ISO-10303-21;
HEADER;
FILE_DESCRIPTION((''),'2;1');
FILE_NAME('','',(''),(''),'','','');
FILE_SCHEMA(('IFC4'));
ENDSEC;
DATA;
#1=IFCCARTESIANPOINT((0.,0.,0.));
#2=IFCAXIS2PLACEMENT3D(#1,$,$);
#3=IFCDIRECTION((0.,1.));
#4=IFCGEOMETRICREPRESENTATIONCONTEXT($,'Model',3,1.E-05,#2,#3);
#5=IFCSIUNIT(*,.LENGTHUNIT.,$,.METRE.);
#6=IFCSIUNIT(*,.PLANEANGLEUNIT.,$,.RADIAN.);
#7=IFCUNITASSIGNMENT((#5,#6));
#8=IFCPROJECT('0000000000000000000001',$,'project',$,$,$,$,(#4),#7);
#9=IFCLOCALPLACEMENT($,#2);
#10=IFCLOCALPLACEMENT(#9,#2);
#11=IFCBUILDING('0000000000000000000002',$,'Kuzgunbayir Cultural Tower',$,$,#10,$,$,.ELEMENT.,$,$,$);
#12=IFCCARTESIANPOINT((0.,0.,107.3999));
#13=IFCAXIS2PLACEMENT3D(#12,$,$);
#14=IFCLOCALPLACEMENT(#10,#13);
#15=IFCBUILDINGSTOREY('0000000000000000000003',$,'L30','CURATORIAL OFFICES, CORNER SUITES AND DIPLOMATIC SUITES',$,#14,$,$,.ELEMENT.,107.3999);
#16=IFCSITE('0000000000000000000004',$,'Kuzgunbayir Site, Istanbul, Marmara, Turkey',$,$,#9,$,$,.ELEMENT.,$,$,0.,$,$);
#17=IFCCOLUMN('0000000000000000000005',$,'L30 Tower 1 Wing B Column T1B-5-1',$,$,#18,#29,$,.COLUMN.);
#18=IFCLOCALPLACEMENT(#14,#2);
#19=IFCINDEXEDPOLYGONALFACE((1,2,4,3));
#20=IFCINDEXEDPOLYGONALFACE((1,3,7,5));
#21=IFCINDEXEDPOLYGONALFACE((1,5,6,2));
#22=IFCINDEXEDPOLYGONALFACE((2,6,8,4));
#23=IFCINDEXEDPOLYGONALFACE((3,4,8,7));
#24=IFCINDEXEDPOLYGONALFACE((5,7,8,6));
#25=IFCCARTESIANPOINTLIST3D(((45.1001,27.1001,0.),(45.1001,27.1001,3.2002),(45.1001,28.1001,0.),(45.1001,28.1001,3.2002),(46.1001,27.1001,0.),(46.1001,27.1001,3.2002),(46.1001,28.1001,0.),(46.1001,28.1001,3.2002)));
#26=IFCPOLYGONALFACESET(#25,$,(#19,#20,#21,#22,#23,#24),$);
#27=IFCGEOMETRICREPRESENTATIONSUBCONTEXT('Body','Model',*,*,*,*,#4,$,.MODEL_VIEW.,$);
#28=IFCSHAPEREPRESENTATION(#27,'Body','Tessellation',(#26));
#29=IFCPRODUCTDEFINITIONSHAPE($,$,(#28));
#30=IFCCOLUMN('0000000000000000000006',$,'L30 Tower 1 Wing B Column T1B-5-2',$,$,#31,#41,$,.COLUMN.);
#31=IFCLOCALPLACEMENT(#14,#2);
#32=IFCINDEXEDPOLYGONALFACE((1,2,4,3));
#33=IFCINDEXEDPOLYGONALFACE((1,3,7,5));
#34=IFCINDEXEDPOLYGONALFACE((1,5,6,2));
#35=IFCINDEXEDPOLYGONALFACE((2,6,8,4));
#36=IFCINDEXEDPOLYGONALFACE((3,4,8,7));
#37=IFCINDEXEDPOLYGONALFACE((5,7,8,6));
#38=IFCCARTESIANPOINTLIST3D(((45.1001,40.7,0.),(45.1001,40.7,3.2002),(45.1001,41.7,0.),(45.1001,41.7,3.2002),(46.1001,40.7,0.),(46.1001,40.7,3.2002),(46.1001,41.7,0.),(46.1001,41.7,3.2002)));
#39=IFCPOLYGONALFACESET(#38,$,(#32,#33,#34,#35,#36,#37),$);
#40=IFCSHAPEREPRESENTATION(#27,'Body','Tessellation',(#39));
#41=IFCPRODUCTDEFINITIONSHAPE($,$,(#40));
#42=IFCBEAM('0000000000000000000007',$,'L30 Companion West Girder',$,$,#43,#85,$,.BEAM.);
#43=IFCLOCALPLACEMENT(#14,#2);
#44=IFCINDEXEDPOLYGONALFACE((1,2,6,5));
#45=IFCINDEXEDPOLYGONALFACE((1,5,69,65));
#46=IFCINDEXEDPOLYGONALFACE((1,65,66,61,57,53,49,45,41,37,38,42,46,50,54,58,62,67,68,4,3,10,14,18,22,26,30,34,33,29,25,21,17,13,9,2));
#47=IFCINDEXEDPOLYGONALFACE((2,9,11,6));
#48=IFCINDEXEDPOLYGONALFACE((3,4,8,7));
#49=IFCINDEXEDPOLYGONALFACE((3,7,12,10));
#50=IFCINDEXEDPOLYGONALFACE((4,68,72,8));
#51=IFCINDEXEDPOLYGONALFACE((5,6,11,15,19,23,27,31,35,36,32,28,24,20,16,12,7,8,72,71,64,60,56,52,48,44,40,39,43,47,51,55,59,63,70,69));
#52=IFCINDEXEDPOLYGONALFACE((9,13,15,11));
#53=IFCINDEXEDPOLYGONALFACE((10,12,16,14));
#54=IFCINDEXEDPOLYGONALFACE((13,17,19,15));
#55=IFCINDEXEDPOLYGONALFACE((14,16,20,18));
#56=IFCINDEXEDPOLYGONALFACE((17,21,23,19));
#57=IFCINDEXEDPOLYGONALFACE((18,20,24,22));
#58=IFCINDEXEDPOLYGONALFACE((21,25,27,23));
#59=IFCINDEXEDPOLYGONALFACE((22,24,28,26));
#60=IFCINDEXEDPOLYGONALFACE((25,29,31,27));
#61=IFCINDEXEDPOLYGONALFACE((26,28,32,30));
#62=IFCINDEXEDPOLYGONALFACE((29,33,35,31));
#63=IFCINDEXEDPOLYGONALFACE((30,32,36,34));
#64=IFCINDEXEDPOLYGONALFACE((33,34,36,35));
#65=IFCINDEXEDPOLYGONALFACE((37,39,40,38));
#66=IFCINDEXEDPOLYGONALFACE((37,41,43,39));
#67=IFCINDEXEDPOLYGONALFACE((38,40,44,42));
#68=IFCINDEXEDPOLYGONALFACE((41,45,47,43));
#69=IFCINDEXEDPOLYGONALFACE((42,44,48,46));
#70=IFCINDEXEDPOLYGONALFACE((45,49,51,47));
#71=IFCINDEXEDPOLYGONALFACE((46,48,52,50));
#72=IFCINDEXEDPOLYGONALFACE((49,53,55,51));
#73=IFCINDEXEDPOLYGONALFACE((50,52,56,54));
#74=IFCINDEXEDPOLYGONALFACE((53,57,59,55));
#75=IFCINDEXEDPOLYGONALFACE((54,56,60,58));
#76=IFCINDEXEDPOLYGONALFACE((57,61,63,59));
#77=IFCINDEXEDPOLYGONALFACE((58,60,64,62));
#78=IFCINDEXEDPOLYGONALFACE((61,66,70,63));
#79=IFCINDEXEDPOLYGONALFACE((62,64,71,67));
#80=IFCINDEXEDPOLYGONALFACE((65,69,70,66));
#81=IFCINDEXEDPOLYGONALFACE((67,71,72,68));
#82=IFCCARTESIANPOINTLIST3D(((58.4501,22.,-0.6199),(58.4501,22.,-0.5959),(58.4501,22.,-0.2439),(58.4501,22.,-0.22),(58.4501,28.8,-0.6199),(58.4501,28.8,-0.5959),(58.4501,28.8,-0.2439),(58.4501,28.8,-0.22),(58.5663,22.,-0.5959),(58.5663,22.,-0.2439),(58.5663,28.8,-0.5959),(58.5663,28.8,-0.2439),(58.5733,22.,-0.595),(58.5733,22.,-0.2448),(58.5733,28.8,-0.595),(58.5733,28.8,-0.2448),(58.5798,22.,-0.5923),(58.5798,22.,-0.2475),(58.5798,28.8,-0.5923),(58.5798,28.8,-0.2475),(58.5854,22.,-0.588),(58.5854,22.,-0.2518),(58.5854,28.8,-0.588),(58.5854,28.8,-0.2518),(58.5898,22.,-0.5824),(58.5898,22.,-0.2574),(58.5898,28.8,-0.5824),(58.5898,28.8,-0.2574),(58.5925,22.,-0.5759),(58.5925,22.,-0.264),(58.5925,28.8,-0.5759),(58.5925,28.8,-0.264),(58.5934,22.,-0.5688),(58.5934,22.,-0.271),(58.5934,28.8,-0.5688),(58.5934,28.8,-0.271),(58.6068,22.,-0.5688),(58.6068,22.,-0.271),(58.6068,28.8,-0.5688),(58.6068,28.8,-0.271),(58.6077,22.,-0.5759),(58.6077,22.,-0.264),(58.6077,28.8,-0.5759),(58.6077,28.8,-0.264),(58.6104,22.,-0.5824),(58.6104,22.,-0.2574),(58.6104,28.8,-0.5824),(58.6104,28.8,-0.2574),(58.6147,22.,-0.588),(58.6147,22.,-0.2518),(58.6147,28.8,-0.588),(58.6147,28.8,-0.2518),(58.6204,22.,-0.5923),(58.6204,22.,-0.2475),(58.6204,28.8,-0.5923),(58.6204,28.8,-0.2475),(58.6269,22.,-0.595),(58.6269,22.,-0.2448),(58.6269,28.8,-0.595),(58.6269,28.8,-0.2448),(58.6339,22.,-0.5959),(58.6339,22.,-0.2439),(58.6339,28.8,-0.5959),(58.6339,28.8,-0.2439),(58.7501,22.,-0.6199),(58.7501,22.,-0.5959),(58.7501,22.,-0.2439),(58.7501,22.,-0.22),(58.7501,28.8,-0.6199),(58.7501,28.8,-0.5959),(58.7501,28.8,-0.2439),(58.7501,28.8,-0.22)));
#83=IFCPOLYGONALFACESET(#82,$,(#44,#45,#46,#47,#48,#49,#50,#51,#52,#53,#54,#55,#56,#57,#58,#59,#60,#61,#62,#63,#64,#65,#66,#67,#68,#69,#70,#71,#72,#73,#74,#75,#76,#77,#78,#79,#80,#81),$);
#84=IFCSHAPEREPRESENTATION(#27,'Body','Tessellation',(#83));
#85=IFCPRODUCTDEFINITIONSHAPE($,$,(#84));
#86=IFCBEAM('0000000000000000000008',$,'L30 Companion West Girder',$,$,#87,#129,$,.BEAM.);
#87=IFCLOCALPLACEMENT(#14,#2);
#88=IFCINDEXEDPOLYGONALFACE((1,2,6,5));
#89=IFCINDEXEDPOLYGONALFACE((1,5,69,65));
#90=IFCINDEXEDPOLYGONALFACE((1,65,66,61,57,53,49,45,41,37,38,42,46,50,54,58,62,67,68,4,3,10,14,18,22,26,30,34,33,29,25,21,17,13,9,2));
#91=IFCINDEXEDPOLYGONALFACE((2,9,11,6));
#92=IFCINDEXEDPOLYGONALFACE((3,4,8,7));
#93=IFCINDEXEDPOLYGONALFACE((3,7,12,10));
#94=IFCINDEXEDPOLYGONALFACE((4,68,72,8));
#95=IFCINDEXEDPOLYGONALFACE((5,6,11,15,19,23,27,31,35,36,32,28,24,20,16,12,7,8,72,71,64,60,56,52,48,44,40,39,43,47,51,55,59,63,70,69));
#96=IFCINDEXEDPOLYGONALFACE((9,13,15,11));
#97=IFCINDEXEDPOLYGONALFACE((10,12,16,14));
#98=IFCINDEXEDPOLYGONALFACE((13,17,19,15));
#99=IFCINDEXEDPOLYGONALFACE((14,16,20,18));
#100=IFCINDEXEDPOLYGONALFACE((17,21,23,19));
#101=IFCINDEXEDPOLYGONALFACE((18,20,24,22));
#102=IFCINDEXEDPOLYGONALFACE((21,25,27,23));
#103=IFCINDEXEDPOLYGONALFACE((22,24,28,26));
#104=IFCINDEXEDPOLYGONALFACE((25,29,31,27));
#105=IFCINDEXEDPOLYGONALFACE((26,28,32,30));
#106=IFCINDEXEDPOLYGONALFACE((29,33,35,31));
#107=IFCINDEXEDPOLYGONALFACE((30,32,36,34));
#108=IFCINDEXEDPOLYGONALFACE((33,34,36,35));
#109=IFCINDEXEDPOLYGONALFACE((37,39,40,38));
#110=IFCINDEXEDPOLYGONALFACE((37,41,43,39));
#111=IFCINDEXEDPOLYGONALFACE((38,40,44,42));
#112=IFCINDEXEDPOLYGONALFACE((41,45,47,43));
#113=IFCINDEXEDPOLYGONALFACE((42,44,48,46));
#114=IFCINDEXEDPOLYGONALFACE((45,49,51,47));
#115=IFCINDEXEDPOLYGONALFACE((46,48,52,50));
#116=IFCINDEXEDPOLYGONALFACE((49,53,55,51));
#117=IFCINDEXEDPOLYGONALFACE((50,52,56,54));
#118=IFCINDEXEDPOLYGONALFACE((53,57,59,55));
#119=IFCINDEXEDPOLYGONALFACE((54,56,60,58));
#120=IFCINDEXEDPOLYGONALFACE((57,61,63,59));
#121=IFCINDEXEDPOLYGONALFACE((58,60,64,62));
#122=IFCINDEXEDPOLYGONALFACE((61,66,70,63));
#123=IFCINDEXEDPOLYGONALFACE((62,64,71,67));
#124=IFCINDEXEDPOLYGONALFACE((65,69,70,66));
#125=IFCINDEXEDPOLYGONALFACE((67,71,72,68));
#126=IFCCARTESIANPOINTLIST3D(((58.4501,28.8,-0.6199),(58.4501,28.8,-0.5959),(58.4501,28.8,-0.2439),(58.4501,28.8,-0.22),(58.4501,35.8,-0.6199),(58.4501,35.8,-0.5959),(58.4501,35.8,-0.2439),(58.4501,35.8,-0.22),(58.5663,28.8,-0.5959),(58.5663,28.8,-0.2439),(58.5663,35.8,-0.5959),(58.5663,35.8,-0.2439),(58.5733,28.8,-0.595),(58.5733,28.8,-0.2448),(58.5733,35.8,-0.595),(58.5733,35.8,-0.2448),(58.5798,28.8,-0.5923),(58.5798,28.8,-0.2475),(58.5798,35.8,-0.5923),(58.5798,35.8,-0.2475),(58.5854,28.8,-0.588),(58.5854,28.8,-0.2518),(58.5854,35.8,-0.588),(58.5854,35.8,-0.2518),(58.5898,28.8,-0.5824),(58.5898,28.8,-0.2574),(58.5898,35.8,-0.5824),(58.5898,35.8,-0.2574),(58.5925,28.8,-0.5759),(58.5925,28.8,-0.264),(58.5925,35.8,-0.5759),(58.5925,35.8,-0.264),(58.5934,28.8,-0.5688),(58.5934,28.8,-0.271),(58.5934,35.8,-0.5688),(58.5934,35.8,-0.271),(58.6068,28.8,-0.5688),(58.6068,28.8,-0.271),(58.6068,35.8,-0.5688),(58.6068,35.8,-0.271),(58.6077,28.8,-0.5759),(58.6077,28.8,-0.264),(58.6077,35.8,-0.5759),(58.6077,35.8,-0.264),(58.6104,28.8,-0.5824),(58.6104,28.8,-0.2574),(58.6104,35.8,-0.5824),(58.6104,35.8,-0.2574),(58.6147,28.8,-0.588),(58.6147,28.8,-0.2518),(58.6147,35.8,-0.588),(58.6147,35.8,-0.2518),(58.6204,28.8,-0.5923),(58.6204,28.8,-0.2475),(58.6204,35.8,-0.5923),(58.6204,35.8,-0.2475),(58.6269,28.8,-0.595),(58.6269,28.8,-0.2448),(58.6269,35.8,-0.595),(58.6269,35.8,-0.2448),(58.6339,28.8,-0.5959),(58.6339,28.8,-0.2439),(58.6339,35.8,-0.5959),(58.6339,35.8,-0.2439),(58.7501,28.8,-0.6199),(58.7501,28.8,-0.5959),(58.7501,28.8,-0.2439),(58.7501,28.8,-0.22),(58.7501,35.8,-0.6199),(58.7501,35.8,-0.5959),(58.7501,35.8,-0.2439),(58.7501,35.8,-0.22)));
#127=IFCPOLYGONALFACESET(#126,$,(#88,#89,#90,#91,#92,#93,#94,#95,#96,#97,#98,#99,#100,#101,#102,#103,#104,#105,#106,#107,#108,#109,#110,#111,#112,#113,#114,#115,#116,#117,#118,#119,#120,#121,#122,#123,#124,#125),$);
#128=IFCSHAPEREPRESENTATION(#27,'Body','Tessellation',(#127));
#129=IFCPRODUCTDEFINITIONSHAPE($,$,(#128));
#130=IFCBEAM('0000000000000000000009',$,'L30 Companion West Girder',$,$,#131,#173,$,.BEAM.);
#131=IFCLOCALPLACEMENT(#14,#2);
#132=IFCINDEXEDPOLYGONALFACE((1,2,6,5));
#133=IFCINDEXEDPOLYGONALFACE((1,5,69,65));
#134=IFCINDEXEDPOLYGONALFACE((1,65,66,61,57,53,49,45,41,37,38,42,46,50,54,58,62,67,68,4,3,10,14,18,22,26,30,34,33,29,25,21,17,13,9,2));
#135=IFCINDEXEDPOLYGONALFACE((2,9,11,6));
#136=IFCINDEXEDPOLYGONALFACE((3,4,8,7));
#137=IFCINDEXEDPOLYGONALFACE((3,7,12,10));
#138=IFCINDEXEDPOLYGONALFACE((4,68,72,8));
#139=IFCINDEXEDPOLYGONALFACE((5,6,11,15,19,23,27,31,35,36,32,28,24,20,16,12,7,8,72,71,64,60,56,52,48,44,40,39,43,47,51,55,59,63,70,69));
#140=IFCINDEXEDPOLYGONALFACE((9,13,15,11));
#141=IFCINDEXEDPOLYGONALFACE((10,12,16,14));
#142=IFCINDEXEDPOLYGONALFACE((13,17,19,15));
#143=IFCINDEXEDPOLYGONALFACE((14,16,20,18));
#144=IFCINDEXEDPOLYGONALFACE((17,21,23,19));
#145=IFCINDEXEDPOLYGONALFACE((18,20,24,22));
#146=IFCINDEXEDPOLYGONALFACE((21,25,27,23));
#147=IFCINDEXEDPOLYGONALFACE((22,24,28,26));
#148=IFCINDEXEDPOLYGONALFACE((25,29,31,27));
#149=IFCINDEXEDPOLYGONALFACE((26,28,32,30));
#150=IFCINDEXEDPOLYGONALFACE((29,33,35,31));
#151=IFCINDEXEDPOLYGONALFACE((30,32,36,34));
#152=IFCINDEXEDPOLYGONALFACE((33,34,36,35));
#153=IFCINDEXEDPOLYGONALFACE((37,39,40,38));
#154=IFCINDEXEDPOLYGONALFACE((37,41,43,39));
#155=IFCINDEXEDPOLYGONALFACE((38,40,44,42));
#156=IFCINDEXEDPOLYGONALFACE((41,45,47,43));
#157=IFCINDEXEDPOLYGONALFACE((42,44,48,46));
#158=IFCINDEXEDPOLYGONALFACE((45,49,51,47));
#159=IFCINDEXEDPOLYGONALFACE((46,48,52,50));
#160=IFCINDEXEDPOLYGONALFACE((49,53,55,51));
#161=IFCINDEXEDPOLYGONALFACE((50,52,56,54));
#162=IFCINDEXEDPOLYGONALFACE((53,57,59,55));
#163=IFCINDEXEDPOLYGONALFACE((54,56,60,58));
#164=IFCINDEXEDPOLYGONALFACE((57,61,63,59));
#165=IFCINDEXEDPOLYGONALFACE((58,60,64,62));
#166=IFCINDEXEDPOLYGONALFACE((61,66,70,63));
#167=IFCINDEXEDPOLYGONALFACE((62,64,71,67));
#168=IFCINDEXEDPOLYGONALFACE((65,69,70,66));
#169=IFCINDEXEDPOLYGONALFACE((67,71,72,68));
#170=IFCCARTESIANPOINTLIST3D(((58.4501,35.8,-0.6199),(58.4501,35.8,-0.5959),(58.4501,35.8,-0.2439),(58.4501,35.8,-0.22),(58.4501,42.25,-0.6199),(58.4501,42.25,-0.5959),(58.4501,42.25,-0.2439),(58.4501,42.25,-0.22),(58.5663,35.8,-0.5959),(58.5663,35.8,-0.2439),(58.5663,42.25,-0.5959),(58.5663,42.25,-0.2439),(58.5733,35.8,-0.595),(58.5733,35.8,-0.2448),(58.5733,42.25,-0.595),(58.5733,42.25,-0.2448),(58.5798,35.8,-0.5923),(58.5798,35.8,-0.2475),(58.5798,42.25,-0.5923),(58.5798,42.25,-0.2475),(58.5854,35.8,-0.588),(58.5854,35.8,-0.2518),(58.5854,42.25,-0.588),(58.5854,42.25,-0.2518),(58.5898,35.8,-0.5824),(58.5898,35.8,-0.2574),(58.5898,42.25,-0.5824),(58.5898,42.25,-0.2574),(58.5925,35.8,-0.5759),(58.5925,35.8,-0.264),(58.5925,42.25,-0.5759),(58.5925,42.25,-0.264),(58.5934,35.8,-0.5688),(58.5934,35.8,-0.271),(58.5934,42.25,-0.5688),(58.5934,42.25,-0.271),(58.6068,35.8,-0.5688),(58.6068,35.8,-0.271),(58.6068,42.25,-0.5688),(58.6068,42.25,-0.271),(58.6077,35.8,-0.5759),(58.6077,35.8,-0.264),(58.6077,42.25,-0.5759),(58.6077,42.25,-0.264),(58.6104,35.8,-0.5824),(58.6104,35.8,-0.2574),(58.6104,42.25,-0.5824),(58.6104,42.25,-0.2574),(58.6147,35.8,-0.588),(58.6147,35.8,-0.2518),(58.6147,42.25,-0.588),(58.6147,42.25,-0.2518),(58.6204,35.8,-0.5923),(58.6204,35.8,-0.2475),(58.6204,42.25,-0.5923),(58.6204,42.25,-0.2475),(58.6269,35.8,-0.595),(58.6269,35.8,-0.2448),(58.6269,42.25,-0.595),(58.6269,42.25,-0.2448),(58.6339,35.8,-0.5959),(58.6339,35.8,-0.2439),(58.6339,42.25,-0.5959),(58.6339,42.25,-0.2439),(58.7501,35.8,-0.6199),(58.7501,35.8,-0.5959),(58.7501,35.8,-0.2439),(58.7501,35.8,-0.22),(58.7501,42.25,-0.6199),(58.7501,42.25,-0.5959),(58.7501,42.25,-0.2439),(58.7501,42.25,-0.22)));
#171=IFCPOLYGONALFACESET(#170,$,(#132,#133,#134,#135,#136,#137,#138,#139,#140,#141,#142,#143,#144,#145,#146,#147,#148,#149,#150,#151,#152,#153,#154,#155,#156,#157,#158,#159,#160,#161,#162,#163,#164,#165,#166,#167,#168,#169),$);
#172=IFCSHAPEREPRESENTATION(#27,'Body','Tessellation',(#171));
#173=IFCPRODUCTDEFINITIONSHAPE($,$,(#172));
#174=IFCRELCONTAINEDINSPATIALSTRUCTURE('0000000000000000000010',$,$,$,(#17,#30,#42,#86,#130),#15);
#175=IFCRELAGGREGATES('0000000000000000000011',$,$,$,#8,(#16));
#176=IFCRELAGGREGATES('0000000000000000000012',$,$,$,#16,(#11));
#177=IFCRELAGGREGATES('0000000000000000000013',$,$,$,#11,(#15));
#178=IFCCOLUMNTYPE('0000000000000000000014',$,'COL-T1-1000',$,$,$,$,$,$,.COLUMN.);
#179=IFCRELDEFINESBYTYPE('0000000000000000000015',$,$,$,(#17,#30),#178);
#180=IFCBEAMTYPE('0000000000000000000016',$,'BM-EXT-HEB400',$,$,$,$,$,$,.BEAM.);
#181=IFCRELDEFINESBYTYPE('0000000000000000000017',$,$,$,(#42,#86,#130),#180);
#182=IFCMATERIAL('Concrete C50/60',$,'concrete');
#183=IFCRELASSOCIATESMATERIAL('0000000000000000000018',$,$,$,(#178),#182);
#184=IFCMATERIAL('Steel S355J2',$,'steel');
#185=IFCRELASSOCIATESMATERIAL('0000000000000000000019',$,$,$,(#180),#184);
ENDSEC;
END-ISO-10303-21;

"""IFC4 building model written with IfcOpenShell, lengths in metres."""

from ifc_helpers import new_model, si_unit, direction, frame, origin, origin_2d, place, context, subcontext, project, spatial, rectangle, i_section, extrude, material, material_profile, profile_set, type_object, element, save


model = new_model("IFC4")

# Units and contexts
model_context = context("Model", 3, precision=1e-05, world=origin(), true_north=direction((0.0, 1.0)))
body_context = subcontext(model_context, "Body", "Model", "MODEL_VIEW")
ifc_project = project(units=[si_unit("LENGTHUNIT", "METRE"), si_unit("PLANEANGLEUNIT", "RADIAN")], contexts=[model_context])

# Site, building, storey
site_placement = place(None, origin())
site = spatial("IfcSite", under=ifc_project, at=site_placement, Name="Kuzgunbayir Site, Istanbul, Marmara, Turkey", CompositionType="ELEMENT", RefElevation=0.0)
building_placement = place(site_placement, origin())
building = spatial("IfcBuilding", under=site, at=building_placement, Name="Kuzgunbayir Cultural Tower", CompositionType="ELEMENT")
storey_placement = place(building_placement, frame((0.0, 0.0, 107.3999)))
storey = spatial("IfcBuildingStorey", under=building, at=storey_placement, Name="L30", Description="CURATORIAL OFFICES, CORNER SUITES AND DIPLOMATIC SUITES", CompositionType="ELEMENT", Elevation=107.3999)

# Columns
ifc_material_1 = material(Name="Concrete C50/60", Category="concrete")
ifc_material_profile_1 = material_profile(ifc_material_1, rectangle(XDim=1.0, YDim=1.0, at=origin_2d()), Name="RC 1000x1000")
ifc_profile_set_1 = profile_set([ifc_material_profile_1], Name="Concrete C50/60")
column_type = type_object("IfcColumnType", Name="COL-T1-1000", PredefinedType="COLUMN", material=ifc_profile_set_1)
for number, where, z_axis, x_axis, name in (
    (1, (45.6001, 27.6001, 0.0), (0.0, 0.0, 1.0), (1.0, 0.0, 0.0), "L30 Tower 1 Wing B Column T1B-5-1"),
    (2, (45.6001, 41.2, 0.0), (0.0, 0.0, 1.0), (1.0, 0.0, 0.0), "L30 Tower 1 Wing B Column T1B-5-2"),
):
    element("IfcColumn", number, at=place(storey_placement, frame(where, z_axis=z_axis, x_axis=x_axis)), inside=storey, type_object=column_type, Name=name, PredefinedType="COLUMN", context=body_context, shape_type="SweptSolid", body=[
        extrude(rectangle(XDim=1.0, YDim=1.0, at=origin_2d()), origin(), (0.0, 0.0, 1.0), 3.2002),
    ])

# Beams
ifc_material_2 = material(Name="Steel S355J2", Category="steel")
ifc_material_profile_2 = material_profile(ifc_material_2, i_section(OverallWidth=0.3, OverallDepth=0.3999, WebThickness=0.0134, FlangeThickness=0.0239, FilletRadius=0.0271, at=origin_2d()), Name="HEB 400")
ifc_profile_set_2 = profile_set([ifc_material_profile_2], Name="Steel S355J2")
beam_type_1 = type_object("IfcBeamType", Name="BM-EXT-HEB400", PredefinedType="BEAM", material=ifc_profile_set_2)
beam_1_placement = place(storey_placement, frame((58.6001, 22.0, -0.4199), z_axis=(0.0, 1.0, 0.0), x_axis=(-1.0, 0.0, 0.0)))
element("IfcBeam", 3, at=beam_1_placement, inside=storey, type_object=beam_type_1, Name="L30 Companion West Girder", PredefinedType="BEAM", context=body_context, shape_type="SweptSolid", body=[
    extrude(i_section(OverallWidth=0.3, OverallDepth=0.3999, WebThickness=0.0134, FlangeThickness=0.0239, FilletRadius=0.0271, at=origin_2d()), origin(), (0.0, 0.0, 1.0), 6.8),
])
beam_2_placement = place(storey_placement, frame((58.6001, 28.8, -0.4199), z_axis=(0.0, 1.0, 0.0), x_axis=(-1.0, 0.0, 0.0)))
element("IfcBeam", 4, at=beam_2_placement, inside=storey, type_object=beam_type_1, Name="L30 Companion West Girder", PredefinedType="BEAM", context=body_context, shape_type="SweptSolid", body=[
    extrude(i_section(OverallWidth=0.3, OverallDepth=0.3999, WebThickness=0.0134, FlangeThickness=0.0239, FilletRadius=0.0271, at=origin_2d()), origin(), (0.0, 0.0, 1.0), 7.0),
])
beam_3_placement = place(storey_placement, frame((58.6001, 35.8, -0.4199), z_axis=(0.0, 1.0, 0.0), x_axis=(-1.0, 0.0, 0.0)))
element("IfcBeam", 5, at=beam_3_placement, inside=storey, type_object=beam_type_1, Name="L30 Companion West Girder", PredefinedType="BEAM", context=body_context, shape_type="SweptSolid", body=[
    extrude(i_section(OverallWidth=0.3, OverallDepth=0.3999, WebThickness=0.0134, FlangeThickness=0.0239, FilletRadius=0.0271, at=origin_2d()), origin(), (0.0, 0.0, 1.0), 6.45),
])

save(model, "model.ifc")
